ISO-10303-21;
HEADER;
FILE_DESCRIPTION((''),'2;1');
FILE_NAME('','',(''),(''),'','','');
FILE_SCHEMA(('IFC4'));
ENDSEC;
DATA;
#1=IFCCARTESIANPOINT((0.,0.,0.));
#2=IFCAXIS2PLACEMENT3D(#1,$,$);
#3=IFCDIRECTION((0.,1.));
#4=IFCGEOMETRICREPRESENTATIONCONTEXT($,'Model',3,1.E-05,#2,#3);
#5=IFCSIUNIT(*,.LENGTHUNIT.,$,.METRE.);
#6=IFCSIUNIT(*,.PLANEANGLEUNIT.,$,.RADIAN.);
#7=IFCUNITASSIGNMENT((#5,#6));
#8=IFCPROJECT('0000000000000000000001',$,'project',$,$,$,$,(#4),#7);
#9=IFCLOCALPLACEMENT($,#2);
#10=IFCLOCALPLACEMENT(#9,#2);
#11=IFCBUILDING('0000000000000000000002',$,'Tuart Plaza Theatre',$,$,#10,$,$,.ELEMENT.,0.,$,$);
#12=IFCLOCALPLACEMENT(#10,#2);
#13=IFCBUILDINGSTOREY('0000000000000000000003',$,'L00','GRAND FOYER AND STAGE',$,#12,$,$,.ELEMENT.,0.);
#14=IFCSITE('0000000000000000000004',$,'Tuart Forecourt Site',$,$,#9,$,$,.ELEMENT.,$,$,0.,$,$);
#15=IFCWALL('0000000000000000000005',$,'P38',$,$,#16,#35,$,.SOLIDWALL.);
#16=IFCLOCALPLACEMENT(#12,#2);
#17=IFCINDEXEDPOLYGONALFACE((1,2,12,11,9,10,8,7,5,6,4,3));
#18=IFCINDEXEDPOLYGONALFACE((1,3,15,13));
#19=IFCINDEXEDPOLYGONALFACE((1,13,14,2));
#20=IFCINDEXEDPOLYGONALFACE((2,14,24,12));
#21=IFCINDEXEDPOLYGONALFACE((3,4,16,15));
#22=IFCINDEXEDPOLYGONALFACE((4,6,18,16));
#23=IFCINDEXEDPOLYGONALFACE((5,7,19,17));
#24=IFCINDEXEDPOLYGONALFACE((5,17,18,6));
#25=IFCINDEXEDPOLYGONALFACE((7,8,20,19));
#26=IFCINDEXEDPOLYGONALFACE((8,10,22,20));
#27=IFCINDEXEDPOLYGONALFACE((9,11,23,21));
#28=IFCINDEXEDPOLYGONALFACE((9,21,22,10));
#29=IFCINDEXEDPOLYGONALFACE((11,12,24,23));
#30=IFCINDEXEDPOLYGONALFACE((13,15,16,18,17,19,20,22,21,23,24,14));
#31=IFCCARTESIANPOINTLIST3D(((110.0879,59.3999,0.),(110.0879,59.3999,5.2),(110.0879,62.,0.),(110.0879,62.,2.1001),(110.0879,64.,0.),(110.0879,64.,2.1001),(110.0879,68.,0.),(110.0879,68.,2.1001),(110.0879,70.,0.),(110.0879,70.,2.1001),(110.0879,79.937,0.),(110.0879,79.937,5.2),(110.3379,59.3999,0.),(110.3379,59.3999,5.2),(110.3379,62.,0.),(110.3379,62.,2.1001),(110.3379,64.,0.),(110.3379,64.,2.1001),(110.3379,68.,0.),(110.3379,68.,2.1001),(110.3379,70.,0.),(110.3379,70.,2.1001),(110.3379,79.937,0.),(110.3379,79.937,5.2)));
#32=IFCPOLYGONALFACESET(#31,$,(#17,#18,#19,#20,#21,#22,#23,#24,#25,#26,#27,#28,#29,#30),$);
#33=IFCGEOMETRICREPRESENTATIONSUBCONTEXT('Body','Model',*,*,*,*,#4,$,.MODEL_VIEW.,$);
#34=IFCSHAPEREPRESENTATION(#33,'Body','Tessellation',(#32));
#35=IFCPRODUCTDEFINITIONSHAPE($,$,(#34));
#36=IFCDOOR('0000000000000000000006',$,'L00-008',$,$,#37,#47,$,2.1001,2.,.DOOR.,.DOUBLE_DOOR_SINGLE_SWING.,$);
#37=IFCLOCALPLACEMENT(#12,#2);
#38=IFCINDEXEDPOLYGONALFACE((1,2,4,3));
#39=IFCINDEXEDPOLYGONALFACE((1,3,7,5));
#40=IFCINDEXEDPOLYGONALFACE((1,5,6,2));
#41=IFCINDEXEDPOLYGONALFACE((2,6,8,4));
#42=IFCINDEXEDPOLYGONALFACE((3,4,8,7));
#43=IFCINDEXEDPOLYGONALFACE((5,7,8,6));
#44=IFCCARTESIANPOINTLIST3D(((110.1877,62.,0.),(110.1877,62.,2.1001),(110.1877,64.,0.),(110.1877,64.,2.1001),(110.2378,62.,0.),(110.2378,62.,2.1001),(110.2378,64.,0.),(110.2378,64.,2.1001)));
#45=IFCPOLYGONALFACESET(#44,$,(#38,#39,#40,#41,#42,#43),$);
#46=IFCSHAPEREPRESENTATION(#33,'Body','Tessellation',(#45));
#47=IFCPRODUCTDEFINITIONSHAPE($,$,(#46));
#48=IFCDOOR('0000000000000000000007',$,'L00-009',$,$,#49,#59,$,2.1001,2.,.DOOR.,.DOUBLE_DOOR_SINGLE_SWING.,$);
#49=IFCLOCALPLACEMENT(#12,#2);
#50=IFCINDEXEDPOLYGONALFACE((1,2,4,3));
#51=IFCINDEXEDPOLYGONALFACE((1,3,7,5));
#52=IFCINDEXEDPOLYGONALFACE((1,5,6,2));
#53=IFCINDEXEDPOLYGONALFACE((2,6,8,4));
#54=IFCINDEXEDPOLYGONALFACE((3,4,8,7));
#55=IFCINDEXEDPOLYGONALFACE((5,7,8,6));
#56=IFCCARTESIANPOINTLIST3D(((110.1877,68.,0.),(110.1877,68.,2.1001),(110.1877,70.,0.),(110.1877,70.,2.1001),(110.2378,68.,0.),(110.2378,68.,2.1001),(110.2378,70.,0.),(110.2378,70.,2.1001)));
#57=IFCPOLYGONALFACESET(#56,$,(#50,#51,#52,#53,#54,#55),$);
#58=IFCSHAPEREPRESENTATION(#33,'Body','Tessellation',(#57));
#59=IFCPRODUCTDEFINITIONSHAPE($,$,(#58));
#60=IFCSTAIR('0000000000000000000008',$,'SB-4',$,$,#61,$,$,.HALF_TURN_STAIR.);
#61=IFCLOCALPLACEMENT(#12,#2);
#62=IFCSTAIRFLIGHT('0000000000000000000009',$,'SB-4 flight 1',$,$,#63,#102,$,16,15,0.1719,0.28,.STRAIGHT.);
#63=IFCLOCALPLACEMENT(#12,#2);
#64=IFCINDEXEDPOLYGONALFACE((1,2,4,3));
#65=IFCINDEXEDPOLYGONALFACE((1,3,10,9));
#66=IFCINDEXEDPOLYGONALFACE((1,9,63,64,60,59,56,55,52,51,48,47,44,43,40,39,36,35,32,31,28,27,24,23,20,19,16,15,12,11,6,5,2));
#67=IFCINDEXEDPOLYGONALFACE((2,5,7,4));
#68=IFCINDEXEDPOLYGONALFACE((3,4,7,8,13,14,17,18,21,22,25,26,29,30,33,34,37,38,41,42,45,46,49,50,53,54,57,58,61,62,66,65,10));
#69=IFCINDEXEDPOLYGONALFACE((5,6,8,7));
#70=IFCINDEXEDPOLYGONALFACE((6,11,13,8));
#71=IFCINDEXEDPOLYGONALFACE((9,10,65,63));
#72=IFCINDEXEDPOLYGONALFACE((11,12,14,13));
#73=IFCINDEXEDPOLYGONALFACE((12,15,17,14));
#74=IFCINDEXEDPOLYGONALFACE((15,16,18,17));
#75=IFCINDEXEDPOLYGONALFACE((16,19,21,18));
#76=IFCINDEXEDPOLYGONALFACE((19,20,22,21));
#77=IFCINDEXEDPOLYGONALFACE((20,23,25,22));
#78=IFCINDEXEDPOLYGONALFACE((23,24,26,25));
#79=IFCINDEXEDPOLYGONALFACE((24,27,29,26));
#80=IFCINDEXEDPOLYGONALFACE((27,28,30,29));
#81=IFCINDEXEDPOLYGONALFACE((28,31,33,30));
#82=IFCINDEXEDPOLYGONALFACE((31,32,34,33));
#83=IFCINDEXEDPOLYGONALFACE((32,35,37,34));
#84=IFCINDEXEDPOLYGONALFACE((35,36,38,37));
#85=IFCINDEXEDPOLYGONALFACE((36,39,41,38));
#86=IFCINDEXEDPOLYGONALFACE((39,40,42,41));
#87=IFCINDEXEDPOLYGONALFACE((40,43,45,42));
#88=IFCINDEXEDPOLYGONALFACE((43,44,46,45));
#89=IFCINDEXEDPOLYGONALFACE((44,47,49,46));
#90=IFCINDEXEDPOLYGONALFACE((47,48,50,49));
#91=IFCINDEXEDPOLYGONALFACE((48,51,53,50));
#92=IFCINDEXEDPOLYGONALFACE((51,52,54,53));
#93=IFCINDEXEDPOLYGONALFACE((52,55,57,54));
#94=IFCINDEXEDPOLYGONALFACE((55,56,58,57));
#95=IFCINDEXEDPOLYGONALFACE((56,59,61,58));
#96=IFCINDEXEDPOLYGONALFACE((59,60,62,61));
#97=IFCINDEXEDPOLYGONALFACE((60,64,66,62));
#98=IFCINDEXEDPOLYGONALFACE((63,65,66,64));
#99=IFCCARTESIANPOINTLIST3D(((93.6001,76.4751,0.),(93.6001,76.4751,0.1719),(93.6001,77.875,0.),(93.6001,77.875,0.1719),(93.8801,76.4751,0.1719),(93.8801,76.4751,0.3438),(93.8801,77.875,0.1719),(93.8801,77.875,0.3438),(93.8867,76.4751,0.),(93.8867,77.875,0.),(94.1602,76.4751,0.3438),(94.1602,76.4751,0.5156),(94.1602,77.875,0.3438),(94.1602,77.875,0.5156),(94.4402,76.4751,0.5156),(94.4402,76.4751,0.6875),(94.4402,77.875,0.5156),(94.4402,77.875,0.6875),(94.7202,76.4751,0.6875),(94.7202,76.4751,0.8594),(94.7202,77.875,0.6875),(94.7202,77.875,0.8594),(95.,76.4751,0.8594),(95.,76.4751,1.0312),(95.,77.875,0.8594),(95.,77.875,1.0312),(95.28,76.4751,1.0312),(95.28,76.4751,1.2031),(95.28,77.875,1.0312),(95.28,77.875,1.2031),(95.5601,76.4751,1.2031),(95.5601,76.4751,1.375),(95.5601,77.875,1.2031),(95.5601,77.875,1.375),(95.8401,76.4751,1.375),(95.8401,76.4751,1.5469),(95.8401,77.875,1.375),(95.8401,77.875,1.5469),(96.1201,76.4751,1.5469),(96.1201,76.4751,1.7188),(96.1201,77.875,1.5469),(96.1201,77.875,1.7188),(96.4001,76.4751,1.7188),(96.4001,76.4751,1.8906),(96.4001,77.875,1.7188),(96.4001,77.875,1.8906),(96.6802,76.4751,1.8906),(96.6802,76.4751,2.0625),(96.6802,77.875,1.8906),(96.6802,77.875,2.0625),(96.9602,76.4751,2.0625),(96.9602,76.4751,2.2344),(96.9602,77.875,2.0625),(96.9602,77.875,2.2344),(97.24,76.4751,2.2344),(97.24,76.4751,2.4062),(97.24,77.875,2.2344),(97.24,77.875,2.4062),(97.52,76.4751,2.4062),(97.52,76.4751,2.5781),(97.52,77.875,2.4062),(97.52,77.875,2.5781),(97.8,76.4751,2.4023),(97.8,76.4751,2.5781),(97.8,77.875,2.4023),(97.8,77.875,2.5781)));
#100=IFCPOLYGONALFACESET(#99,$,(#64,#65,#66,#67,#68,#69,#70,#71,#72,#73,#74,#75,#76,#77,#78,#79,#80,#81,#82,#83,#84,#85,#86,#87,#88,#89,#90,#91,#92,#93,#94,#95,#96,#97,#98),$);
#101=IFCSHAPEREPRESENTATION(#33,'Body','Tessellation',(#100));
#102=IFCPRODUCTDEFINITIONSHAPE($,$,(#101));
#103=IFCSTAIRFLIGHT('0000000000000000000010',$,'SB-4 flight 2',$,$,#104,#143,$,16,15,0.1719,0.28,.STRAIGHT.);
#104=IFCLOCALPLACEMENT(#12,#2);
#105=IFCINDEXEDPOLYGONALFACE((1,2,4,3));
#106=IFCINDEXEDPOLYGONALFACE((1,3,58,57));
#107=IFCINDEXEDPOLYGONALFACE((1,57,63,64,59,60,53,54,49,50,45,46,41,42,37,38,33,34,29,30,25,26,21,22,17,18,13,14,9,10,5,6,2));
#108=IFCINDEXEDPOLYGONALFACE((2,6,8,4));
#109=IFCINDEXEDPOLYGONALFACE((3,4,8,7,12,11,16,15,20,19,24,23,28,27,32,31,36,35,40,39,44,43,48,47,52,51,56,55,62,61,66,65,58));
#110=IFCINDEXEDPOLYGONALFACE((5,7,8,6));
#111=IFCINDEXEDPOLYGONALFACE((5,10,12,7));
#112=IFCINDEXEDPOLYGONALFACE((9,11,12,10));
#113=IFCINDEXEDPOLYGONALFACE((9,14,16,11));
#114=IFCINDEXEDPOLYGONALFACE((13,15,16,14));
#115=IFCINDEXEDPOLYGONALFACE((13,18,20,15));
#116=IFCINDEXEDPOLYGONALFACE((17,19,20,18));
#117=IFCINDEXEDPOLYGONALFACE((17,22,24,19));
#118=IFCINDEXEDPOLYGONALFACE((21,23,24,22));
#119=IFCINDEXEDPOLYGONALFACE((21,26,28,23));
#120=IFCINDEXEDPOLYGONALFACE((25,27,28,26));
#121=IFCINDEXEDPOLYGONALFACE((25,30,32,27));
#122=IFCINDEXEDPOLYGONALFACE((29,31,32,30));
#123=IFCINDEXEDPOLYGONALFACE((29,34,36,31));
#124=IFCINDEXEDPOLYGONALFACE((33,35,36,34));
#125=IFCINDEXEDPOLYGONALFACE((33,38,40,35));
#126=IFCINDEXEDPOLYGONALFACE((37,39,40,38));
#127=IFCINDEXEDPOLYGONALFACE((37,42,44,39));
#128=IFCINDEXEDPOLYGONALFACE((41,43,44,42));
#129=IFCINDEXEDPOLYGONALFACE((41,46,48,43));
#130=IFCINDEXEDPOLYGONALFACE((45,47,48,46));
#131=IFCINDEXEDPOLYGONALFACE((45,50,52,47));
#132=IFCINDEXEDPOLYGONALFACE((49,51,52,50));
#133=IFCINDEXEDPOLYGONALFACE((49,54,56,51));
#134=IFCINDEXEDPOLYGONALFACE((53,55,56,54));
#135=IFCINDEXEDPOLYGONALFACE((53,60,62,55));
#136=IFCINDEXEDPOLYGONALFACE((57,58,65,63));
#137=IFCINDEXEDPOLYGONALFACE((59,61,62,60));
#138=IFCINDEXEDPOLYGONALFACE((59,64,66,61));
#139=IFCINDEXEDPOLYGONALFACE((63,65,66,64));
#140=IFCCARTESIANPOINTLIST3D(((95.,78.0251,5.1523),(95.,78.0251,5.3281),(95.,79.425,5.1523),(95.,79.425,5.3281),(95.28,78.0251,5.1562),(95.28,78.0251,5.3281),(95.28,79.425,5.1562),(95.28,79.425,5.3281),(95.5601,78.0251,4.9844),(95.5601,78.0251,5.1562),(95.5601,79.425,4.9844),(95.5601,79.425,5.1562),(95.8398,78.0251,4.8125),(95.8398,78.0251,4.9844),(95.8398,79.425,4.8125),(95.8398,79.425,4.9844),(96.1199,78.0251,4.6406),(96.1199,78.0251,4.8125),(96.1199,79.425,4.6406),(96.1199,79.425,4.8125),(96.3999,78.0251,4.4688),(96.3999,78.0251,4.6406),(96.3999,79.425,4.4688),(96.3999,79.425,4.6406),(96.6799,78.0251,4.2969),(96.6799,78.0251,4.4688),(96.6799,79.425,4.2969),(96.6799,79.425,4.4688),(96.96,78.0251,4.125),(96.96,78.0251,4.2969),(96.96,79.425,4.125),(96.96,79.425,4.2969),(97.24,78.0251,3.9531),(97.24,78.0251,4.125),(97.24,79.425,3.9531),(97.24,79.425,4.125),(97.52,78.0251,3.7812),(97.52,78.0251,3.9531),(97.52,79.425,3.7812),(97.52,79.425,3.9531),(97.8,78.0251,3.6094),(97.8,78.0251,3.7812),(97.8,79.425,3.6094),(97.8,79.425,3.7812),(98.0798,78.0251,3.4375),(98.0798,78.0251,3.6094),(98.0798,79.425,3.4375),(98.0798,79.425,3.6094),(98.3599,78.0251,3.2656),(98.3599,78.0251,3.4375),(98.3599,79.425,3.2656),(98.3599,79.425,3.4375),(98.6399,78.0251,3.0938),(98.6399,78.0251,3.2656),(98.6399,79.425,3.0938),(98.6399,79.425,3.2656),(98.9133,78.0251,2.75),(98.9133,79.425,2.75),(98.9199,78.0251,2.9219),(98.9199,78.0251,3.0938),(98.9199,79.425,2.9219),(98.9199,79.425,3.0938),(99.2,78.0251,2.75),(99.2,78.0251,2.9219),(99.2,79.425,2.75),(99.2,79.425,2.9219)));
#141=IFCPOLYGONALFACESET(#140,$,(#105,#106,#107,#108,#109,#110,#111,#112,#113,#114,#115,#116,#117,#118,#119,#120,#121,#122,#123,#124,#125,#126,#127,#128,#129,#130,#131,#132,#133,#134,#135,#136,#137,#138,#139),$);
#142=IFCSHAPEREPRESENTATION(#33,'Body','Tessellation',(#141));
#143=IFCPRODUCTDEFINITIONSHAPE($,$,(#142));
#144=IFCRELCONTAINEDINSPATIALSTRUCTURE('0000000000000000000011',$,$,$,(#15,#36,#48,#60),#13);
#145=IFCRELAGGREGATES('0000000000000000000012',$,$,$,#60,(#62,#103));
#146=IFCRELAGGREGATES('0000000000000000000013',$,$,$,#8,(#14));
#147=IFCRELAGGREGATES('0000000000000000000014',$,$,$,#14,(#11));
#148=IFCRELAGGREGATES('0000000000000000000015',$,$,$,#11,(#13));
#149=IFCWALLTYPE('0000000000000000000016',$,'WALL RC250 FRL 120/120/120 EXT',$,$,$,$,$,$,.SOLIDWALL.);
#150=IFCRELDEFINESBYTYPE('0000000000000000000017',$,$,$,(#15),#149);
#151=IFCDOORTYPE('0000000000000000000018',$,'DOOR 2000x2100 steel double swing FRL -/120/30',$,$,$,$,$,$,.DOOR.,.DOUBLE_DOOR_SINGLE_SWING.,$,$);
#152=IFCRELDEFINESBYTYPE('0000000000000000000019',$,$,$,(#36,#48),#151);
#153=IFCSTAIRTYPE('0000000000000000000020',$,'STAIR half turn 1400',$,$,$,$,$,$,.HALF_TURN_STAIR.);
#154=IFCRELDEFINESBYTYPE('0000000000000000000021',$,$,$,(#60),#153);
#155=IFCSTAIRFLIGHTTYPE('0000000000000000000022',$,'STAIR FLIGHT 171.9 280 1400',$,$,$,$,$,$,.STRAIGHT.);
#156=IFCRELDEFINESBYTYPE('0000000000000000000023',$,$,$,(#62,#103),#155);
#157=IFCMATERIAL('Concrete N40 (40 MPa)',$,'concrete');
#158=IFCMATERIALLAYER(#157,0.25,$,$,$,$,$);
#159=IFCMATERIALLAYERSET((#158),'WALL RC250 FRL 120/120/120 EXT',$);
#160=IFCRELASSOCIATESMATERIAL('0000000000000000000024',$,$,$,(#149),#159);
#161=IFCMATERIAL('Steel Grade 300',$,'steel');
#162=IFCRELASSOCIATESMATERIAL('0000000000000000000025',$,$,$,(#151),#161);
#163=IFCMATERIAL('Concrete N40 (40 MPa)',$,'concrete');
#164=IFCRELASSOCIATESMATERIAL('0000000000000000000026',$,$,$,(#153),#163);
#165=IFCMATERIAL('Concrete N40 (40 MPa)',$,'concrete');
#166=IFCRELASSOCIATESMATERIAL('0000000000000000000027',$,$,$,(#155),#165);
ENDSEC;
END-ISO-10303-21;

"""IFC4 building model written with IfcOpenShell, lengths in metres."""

from ifc_helpers import new_model, si_unit, direction, frame, frame_2d, origin, place, context, subcontext, project, spatial, polyline, rectangle, outline, extrude, material, layer, layer_set, type_object, element, fill, aggregate, save


model = new_model("IFC4")

# Units and contexts
model_context = context("Model", 3, precision=1e-05, world=origin(), true_north=direction((0.0, 1.0)))
body_context = subcontext(model_context, "Body", "Model", "MODEL_VIEW")
ifc_project = project(units=[si_unit("LENGTHUNIT", "METRE"), si_unit("PLANEANGLEUNIT", "RADIAN")], contexts=[model_context])

# Site, building, storey
site_placement = place(None, origin())
site = spatial("IfcSite", under=ifc_project, at=site_placement, Name="Tuart Forecourt Site", CompositionType="ELEMENT", RefElevation=0.0)
building_placement = place(site_placement, origin())
building = spatial("IfcBuilding", under=site, at=building_placement, Name="Tuart Plaza Theatre", CompositionType="ELEMENT", ElevationOfRefHeight=0.0)
storey_placement = place(building_placement, origin())
storey = spatial("IfcBuildingStorey", under=building, at=storey_placement, Name="L00", Description="GRAND FOYER AND STAGE", CompositionType="ELEMENT", Elevation=0.0)

# Wall, openings, doors
ifc_material_1 = material(Name="Concrete N40 (40 MPa)", Category="concrete")
ifc_layer_1 = layer(ifc_material_1, 0.25)
ifc_layer_set_1 = layer_set([ifc_layer_1], Name="WALL RC250 FRL 120/120/120 EXT")
wall_type_1 = type_object("IfcWallType", Name="WALL RC250 FRL 120/120/120 EXT", PredefinedType="SOLIDWALL", material=ifc_layer_set_1)
wall_1_placement = place(storey_placement, frame((110.2129, 59.3999, 0.0), z_axis=(0.0, 0.0, 1.0), x_axis=(0.0, 1.0, 0.0)))
wall_1 = element("IfcWall", 1, at=wall_1_placement, inside=storey, type_object=wall_type_1, Name="P38", PredefinedType="SOLIDWALL", context=body_context, shape_type="SweptSolid", body=[
    extrude(rectangle(XDim=20.5371, YDim=0.25, at=frame_2d((10.2686, 0.0))), origin(), (0.0, 0.0, 1.0), 5.2),
])
opening_1_placement = place(wall_1_placement, frame((2.6001, 0.0, 0.0)))
opening_1 = element("IfcOpeningElement", 2, at=opening_1_placement, cuts=wall_1, PredefinedType="OPENING", context=body_context, shape_type="SweptSolid", body=[
    extrude(rectangle(XDim=2.0, YDim=2.1001, at=frame_2d((1.0, 1.05))), frame((0.0, 0.135, 0.0), z_axis=(0.0, -1.0, 0.0), x_axis=(1.0, 0.0, 0.0)), (0.0, 0.0, 1.0), 0.27),
])
opening_2_placement = place(wall_1_placement, frame((8.6001, 0.0, 0.0)))
opening_2 = element("IfcOpeningElement", 3, at=opening_2_placement, cuts=wall_1, PredefinedType="OPENING", context=body_context, shape_type="SweptSolid", body=[
    extrude(rectangle(XDim=2.0, YDim=2.1001, at=frame_2d((1.0, 1.05))), frame((0.0, 0.135, 0.0), z_axis=(0.0, -1.0, 0.0), x_axis=(1.0, 0.0, 0.0)), (0.0, 0.0, 1.0), 0.27),
])
ifc_material_2 = material(Name="Steel Grade 300", Category="steel")
door_type_1 = type_object("IfcDoorType", Name="DOOR 2000x2100 steel double swing FRL -/120/30", OperationType="DOUBLE_DOOR_SINGLE_SWING", PredefinedType="DOOR", material=ifc_material_2)
door_1_placement = place(opening_1_placement, frame((2.0, 0.0, 0.0), z_axis=(0.0, 0.0, 1.0), x_axis=(-1.0, 0.0, 0.0)))
door_1 = element("IfcDoor", 4, at=door_1_placement, inside=storey, type_object=door_type_1, Name="L00-008", OperationType="DOUBLE_DOOR_SINGLE_SWING", OverallHeight=2.1001, OverallWidth=2.0, PredefinedType="DOOR", context=body_context, shape_type="SweptSolid", body=[
    extrude(rectangle(XDim=2.0, YDim=2.1001, at=frame_2d((1.0, 1.05))), frame((0.0, 0.0249, 0.0), z_axis=(0.0, -1.0, 0.0), x_axis=(1.0, 0.0, 0.0)), (0.0, 0.0, 1.0), 0.05),
])
fill(opening_1, door_1)
door_2_placement = place(opening_2_placement, frame((2.0, 0.0, 0.0), z_axis=(0.0, 0.0, 1.0), x_axis=(-1.0, 0.0, 0.0)))
door_2 = element("IfcDoor", 5, at=door_2_placement, inside=storey, type_object=door_type_1, Name="L00-009", OperationType="DOUBLE_DOOR_SINGLE_SWING", OverallHeight=2.1001, OverallWidth=2.0, PredefinedType="DOOR", context=body_context, shape_type="SweptSolid", body=[
    extrude(rectangle(XDim=2.0, YDim=2.1001, at=frame_2d((1.0, 1.05))), frame((0.0, 0.0249, 0.0), z_axis=(0.0, -1.0, 0.0), x_axis=(1.0, 0.0, 0.0)), (0.0, 0.0, 1.0), 0.05),
])
fill(opening_2, door_2)

# Stair, stair flights
ifc_material_3 = material(Name="Concrete N40 (40 MPa)", Category="concrete")
stair_type = type_object("IfcStairType", Name="STAIR half turn 1400", PredefinedType="HALF_TURN_STAIR", material=ifc_material_3)
stair_placement = place(storey_placement, origin())
stair = element("IfcStair", 6, at=stair_placement, inside=storey, type_object=stair_type, Name="SB-4", PredefinedType="HALF_TURN_STAIR")
ifc_material_4 = material(Name="Concrete N40 (40 MPa)", Category="concrete")
stair_flight_type = type_object("IfcStairFlightType", Name="STAIR FLIGHT 171.9 280 1400", PredefinedType="STRAIGHT", material=ifc_material_4)
stair_flight_1_placement = place(storey_placement, frame((93.6001, 77.175, 0.0), z_axis=(0.0, 0.0, 1.0), x_axis=(1.0, 0.0, 0.0)))
stair_flight_1 = element("IfcStairFlight", 7, at=stair_flight_1_placement, type_object=stair_flight_type, Name="SB-4 flight 1", NumberOfRisers=16, NumberOfTreads=15, PredefinedType="STRAIGHT", RiserHeight=0.1719, TreadLength=0.28, context=body_context, shape_type="SweptSolid", body=[
    extrude(outline(polyline([(0.0, 0.0), (0.0, 0.1719), (0.28, 0.1719), (0.28, 0.3438), (0.5601, 0.3438), (0.5601, 0.5156), (0.8401, 0.5156), (0.8401, 0.6875), (1.1201, 0.6875), (1.1201, 0.8594), (1.3999, 0.8594), (1.3999, 1.0312), (1.6799, 1.0312), (1.6799, 1.2031), (1.96, 1.2031), (1.96, 1.375), (2.24, 1.375), (2.24, 1.5469), (2.52, 1.5469), (2.52, 1.7188), (2.8, 1.7188), (2.8, 1.8906), (3.0801, 1.8906), (3.0801, 2.0625), (3.3601, 2.0625), (3.3601, 2.2344), (3.6399, 2.2344), (3.6399, 2.4062), (3.9199, 2.4062), (3.9199, 2.5781), (4.2, 2.5781), (4.2, 2.75), (4.2, 2.4023), (0.2866, 0.0), (0.0, 0.0)])), frame((0.0, 0.7, 0.0), z_axis=(0.0, -1.0, 0.0), x_axis=(1.0, 0.0, 0.0)), (0.0, 0.0, 1.0), 1.3999),
])
stair_flight_2_placement = place(storey_placement, frame((99.2, 78.7251, 2.75), z_axis=(0.0, 0.0, 1.0), x_axis=(-1.0, 0.0, 0.0)))
stair_flight_2 = element("IfcStairFlight", 8, at=stair_flight_2_placement, type_object=stair_flight_type, Name="SB-4 flight 2", NumberOfRisers=16, NumberOfTreads=15, PredefinedType="STRAIGHT", RiserHeight=0.1719, TreadLength=0.28, context=body_context, shape_type="SweptSolid", body=[
    extrude(outline(polyline([(0.0, 0.0), (0.0, 0.1719), (0.28, 0.1719), (0.28, 0.3438), (0.5601, 0.3438), (0.5601, 0.5156), (0.8401, 0.5156), (0.8401, 0.6875), (1.1201, 0.6875), (1.1201, 0.8594), (1.3999, 0.8594), (1.3999, 1.0312), (1.6799, 1.0312), (1.6799, 1.2031), (1.96, 1.2031), (1.96, 1.375), (2.24, 1.375), (2.24, 1.5469), (2.52, 1.5469), (2.52, 1.7188), (2.8, 1.7188), (2.8, 1.8906), (3.0801, 1.8906), (3.0801, 2.0625), (3.3601, 2.0625), (3.3601, 2.2344), (3.6399, 2.2344), (3.6399, 2.4062), (3.9199, 2.4062), (3.9199, 2.5781), (4.2, 2.5781), (4.2, 2.75), (4.2, 2.4023), (0.2866, 0.0), (0.0, 0.0)])), frame((0.0, 0.7, 0.0), z_axis=(0.0, -1.0, 0.0), x_axis=(1.0, 0.0, 0.0)), (0.0, 0.0, 1.0), 1.3999),
])
aggregate(stair, [stair_flight_1, stair_flight_2])

save(model, "model.ifc")
